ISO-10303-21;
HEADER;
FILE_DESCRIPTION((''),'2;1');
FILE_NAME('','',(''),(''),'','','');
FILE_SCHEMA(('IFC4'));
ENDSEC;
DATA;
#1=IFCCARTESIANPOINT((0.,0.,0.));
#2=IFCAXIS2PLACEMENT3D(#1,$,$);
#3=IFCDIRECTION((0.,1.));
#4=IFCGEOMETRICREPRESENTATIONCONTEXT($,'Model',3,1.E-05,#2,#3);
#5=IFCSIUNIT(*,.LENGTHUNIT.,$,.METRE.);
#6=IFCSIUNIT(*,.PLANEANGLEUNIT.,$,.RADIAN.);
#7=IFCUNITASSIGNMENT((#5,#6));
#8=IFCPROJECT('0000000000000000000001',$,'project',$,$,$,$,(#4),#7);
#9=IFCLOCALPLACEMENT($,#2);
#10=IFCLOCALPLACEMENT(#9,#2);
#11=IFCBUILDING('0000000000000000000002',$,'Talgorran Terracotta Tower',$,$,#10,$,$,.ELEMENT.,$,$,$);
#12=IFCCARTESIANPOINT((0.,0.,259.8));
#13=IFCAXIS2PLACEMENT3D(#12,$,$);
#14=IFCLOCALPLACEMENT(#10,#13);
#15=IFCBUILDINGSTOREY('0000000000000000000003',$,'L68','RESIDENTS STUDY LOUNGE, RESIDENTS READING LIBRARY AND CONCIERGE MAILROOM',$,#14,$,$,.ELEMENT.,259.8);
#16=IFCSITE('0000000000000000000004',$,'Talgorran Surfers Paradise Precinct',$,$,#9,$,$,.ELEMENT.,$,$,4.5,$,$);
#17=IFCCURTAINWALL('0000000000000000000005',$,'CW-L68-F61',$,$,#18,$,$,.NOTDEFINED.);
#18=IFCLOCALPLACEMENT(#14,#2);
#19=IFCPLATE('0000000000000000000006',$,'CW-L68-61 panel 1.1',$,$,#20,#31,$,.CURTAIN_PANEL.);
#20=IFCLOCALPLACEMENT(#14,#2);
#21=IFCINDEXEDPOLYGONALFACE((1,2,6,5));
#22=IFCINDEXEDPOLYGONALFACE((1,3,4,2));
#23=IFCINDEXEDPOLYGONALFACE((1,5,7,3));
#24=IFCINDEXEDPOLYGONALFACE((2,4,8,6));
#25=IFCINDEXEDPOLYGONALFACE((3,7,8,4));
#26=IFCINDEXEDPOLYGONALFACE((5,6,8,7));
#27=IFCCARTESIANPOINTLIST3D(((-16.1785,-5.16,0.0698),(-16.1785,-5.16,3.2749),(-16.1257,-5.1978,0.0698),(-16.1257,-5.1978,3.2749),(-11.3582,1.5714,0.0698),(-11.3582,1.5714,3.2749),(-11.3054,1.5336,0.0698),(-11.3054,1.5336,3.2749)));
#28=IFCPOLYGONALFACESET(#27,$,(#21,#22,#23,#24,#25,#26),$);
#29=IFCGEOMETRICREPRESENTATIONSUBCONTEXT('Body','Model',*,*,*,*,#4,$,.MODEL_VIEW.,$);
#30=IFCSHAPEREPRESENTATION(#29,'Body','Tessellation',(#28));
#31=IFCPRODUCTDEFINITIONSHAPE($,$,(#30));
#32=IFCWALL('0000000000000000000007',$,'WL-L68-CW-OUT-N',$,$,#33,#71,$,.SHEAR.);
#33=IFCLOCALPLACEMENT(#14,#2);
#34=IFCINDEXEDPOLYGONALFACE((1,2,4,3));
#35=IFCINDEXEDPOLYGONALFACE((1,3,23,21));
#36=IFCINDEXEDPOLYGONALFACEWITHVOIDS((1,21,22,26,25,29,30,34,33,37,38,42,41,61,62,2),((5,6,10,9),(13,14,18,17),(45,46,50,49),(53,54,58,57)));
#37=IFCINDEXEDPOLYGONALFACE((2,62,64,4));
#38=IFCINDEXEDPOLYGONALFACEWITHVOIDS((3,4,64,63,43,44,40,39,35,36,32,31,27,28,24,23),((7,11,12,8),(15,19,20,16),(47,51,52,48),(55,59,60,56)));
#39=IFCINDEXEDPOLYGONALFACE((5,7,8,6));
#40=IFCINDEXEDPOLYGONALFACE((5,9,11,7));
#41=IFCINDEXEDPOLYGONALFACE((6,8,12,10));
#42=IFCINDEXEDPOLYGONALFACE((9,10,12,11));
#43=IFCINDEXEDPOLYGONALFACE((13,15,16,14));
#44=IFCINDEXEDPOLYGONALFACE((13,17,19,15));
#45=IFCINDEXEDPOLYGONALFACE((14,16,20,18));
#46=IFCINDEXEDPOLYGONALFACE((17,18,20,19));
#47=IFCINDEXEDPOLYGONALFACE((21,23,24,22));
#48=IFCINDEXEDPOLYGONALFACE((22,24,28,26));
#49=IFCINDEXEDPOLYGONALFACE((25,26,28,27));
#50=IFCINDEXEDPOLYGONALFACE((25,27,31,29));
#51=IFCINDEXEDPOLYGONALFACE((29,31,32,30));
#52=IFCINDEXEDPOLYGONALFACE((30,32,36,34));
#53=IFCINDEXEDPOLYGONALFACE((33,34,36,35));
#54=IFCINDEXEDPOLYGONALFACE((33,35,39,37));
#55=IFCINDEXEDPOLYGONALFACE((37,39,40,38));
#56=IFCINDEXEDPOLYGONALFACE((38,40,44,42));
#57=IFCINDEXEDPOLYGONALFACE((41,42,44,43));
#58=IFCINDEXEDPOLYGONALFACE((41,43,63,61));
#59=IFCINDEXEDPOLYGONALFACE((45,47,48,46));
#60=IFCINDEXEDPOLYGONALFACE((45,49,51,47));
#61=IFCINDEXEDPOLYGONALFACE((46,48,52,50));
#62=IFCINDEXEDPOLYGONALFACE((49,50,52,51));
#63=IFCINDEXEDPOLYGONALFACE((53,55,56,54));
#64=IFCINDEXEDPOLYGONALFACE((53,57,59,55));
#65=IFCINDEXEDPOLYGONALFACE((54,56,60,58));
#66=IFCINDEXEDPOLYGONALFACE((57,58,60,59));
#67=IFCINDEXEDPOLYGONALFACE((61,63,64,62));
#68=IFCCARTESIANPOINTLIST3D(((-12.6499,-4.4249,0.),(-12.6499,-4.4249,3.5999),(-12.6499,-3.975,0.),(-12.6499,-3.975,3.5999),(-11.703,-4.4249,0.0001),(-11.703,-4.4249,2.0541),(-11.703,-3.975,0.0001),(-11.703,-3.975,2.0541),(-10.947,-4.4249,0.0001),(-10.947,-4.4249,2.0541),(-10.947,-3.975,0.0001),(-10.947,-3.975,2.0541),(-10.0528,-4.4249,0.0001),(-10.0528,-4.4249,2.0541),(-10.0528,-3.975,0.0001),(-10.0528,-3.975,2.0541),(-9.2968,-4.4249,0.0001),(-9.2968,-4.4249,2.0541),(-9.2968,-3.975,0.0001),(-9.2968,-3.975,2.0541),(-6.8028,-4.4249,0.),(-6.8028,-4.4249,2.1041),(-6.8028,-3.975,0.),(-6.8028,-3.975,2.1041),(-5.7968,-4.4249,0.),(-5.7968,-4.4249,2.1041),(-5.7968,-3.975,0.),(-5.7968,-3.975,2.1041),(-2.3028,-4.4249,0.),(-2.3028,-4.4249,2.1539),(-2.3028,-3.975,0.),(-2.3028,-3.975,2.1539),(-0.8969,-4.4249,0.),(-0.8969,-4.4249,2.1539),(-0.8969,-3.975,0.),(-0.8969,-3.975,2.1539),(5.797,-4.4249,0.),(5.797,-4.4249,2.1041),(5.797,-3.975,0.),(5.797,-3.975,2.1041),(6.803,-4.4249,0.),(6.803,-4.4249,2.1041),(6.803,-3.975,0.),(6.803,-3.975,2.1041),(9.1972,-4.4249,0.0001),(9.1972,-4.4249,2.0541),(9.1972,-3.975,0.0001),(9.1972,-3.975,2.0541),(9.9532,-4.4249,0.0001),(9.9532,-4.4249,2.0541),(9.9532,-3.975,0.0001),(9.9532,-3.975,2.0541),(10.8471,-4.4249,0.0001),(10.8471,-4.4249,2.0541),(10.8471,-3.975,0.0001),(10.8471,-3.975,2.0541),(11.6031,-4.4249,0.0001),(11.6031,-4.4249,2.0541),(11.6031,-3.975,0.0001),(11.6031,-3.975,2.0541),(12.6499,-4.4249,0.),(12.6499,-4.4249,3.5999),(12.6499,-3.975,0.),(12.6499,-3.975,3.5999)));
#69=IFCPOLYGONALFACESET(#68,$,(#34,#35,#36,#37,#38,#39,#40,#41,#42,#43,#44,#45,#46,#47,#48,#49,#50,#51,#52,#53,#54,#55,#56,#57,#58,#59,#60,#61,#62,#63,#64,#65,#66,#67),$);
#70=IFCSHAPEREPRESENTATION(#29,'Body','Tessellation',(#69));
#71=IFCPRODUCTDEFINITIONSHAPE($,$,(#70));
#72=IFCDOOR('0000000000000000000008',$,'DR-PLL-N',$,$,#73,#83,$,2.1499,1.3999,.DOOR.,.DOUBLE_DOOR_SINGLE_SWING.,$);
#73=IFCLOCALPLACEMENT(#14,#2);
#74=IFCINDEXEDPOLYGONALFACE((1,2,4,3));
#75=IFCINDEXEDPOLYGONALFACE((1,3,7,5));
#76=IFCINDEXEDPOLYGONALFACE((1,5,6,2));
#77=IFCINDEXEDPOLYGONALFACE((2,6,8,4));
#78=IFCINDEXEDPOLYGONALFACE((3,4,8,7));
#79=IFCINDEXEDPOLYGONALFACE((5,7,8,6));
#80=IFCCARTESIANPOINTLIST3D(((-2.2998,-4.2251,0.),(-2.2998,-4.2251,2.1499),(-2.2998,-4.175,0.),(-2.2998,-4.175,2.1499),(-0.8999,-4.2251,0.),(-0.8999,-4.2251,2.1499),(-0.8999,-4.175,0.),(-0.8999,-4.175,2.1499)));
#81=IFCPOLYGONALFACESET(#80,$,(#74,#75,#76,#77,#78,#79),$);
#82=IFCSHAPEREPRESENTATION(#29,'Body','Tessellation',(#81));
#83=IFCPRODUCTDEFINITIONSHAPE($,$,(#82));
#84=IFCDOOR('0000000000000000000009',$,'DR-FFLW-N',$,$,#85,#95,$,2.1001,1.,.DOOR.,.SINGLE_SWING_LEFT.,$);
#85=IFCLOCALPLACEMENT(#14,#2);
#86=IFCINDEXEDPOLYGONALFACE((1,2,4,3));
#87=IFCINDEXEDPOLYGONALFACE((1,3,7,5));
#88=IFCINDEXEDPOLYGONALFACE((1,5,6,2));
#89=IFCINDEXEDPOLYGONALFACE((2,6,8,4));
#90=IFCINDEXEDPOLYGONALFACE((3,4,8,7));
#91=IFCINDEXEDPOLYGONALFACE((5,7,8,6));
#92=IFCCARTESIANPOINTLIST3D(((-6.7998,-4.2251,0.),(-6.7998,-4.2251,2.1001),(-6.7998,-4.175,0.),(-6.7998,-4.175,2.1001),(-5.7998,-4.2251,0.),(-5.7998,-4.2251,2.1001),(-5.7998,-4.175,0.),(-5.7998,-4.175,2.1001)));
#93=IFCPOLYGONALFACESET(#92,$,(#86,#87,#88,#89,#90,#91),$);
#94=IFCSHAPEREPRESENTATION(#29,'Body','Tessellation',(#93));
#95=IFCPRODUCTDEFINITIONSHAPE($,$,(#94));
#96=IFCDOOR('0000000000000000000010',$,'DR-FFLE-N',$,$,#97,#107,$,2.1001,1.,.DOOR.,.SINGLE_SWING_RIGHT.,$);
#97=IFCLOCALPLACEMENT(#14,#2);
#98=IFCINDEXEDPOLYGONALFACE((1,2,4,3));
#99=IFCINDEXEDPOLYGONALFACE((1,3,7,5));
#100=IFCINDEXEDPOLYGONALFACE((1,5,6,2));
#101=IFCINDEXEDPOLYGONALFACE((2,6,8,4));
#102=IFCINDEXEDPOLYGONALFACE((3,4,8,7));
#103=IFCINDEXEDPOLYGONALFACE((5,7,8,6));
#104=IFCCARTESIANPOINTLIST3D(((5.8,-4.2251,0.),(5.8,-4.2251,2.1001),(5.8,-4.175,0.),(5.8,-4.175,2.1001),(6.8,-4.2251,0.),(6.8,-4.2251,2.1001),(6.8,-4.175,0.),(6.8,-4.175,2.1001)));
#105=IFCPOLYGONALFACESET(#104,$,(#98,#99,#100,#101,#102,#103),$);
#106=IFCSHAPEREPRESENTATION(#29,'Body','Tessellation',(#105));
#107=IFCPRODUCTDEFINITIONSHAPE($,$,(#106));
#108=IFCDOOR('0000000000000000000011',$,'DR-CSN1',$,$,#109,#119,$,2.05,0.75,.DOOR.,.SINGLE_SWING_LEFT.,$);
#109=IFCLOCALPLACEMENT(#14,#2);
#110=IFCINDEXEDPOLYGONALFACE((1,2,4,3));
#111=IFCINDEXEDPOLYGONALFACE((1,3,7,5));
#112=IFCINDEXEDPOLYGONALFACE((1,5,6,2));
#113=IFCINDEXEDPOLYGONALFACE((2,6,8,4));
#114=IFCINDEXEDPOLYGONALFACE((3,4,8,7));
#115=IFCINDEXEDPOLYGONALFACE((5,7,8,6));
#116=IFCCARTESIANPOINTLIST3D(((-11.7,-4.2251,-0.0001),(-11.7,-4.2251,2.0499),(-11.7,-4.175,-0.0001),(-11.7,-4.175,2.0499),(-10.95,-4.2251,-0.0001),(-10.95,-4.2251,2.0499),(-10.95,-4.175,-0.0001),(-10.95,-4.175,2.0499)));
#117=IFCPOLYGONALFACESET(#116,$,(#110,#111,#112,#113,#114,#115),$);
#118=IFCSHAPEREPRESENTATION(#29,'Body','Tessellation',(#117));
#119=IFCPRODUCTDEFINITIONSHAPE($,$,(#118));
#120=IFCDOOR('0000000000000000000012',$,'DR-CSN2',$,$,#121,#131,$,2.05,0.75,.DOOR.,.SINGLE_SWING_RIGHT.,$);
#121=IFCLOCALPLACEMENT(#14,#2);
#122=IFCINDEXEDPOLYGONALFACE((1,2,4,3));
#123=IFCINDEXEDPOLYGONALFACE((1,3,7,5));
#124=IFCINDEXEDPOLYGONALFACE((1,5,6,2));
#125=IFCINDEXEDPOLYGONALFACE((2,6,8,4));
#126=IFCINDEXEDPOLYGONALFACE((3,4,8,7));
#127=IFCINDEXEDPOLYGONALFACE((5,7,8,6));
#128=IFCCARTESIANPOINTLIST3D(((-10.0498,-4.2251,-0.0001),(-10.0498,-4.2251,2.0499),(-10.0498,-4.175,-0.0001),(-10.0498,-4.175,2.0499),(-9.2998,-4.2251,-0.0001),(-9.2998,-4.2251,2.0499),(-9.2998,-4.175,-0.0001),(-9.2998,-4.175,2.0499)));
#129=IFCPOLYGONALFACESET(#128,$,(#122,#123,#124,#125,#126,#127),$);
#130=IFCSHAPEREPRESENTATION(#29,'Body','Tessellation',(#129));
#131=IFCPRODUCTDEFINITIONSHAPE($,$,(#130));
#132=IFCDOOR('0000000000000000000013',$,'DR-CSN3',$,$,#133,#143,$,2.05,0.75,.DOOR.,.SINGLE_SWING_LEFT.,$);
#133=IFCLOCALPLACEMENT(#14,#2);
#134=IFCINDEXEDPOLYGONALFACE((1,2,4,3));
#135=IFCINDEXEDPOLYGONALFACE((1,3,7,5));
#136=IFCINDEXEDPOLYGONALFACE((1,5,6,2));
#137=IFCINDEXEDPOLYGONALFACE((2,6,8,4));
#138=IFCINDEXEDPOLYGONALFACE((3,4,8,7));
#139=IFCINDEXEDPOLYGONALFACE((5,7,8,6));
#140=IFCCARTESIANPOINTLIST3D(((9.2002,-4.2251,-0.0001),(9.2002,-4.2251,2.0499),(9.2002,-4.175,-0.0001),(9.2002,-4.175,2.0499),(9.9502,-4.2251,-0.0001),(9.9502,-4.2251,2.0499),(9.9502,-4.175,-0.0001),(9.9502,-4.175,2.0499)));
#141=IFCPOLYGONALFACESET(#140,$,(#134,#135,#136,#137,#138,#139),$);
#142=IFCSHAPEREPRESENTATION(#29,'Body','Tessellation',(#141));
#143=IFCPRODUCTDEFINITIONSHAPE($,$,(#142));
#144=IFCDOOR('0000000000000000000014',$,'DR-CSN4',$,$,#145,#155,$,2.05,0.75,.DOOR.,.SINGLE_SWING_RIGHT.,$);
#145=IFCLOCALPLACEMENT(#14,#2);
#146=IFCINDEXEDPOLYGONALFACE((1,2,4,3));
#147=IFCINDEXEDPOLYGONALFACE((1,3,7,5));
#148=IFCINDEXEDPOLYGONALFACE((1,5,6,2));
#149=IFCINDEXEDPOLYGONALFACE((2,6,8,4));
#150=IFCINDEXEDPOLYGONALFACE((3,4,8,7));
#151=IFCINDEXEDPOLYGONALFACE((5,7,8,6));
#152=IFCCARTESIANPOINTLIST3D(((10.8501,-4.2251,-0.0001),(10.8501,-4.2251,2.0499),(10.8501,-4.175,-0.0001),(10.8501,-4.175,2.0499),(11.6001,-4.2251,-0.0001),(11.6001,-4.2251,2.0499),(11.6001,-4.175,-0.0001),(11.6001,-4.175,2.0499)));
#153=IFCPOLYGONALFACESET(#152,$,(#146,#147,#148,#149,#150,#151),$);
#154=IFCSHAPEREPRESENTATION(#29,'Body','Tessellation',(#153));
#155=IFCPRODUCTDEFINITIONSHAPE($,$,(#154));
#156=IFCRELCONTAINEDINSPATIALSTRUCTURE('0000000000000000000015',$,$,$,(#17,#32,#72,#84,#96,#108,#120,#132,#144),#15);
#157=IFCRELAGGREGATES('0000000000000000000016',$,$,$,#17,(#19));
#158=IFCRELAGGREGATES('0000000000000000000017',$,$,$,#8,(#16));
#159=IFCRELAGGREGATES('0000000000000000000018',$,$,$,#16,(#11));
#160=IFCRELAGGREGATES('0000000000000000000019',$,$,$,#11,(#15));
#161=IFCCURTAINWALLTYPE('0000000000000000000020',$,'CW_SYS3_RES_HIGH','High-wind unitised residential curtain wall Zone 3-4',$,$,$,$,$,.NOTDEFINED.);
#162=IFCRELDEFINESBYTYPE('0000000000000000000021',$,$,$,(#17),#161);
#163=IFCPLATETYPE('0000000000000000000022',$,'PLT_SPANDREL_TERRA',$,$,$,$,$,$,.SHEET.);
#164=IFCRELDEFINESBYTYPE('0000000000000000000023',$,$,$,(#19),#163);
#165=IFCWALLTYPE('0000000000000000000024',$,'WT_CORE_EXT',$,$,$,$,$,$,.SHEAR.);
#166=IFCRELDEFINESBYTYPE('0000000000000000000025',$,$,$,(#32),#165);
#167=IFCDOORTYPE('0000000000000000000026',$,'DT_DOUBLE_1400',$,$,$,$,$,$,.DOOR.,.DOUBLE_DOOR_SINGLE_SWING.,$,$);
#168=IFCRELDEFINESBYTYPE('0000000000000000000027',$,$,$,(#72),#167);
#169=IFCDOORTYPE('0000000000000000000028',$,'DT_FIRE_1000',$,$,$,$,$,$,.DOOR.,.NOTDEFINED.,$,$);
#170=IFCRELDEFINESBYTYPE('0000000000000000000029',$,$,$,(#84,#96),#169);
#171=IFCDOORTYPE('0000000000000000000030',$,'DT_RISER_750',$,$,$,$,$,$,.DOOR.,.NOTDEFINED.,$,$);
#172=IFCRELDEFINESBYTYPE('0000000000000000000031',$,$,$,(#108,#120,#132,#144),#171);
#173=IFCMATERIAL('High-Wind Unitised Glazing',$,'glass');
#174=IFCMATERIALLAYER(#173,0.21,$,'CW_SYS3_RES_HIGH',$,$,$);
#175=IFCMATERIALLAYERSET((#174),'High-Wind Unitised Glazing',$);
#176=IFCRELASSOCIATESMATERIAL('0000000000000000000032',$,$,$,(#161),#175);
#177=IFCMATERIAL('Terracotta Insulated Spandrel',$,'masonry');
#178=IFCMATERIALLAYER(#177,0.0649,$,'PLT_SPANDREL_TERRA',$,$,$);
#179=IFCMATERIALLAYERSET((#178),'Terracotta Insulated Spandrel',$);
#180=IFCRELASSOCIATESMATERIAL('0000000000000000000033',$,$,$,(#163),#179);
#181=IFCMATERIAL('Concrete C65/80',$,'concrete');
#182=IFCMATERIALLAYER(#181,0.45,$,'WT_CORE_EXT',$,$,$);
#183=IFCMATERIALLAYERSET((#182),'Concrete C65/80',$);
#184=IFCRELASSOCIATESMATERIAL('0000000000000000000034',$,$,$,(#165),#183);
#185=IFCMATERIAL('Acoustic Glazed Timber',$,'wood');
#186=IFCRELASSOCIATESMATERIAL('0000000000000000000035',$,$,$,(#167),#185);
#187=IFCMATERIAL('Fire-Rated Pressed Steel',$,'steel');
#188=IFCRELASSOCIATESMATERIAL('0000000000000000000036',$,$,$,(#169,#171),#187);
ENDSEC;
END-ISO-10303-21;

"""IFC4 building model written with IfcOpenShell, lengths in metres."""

from ifc_helpers import new_model, si_unit, direction, frame, frame_2d, origin, origin_2d, place, context, subcontext, project, spatial, rectangle, extrude, source, transform, mapped, material, layer, layer_set, type_object, type_shapes, element, fill, aggregate, save


model = new_model("IFC4")

# Units and contexts
model_context = context("Model", 3, precision=1e-05, world=origin(), true_north=direction((0.0, 1.0)))
body_context = subcontext(model_context, "Body", "Model", "MODEL_VIEW")
ifc_project = project(units=[si_unit("LENGTHUNIT", "METRE"), si_unit("PLANEANGLEUNIT", "RADIAN")], contexts=[model_context])

# Site, building, storey
site_placement = place(None, origin())
site = spatial("IfcSite", under=ifc_project, at=site_placement, Name="Talgorran Surfers Paradise Precinct", CompositionType="ELEMENT", RefElevation=4.5)
building_placement = place(site_placement, origin())
building = spatial("IfcBuilding", under=site, at=building_placement, Name="Talgorran Terracotta Tower", CompositionType="ELEMENT")
storey_placement = place(building_placement, frame((0.0, 0.0, 259.8)))
storey = spatial("IfcBuildingStorey", under=building, at=storey_placement, Name="L68", Description="RESIDENTS STUDY LOUNGE, RESIDENTS READING LIBRARY AND CONCIERGE MAILROOM", CompositionType="ELEMENT", Elevation=259.8)

# Curtain wall
ifc_material_1 = material(Name="High-Wind Unitised Glazing", Category="glass")
ifc_layer_1 = layer(ifc_material_1, 0.21, Name="CW_SYS3_RES_HIGH")
ifc_layer_set_1 = layer_set([ifc_layer_1], Name="High-Wind Unitised Glazing")
curtain_wall_type = type_object("IfcCurtainWallType", Name="CW_SYS3_RES_HIGH", Description="High-wind unitised residential curtain wall Zone 3-4", PredefinedType="NOTDEFINED", material=ifc_layer_set_1)
curtain_wall_placement = place(storey_placement, origin())
curtain_wall = element("IfcCurtainWall", 1, at=curtain_wall_placement, inside=storey, type_object=curtain_wall_type, Name="CW-L68-F61", PredefinedType="NOTDEFINED")

# Plate
ifc_material_2 = material(Name="Terracotta Insulated Spandrel", Category="masonry")
ifc_layer_2 = layer(ifc_material_2, 0.0649, Name="PLT_SPANDREL_TERRA")
ifc_layer_set_2 = layer_set([ifc_layer_2], Name="Terracotta Insulated Spandrel")
plate_type_1 = type_object("IfcPlateType", Name="PLT_SPANDREL_TERRA", PredefinedType="SHEET", material=ifc_layer_set_2)
shared_shape = source(origin(), body_context, "Body", "SweptSolid", [
    extrude(rectangle(XDim=8.2793, YDim=0.0649, at=origin_2d()), origin(), (0.0, 0.0, 1.0), 3.2051),
])
type_shapes(plate_type_1, [shared_shape])
plate_1_placement = place(storey_placement, frame((-13.7419, -1.8132, 0.0698), z_axis=(0.0, 0.0, 1.0), x_axis=(-0.582206, -0.813041, 0.0)))
plate_1 = element("IfcPlate", 2, at=plate_1_placement, type_object=plate_type_1, Name="CW-L68-61 panel 1.1", PredefinedType="CURTAIN_PANEL", context=body_context, shape_type="MappedRepresentation", body=[
    mapped(shared_shape, transform((0.0, 0.0, 0.0), scale=1.0)),
])
aggregate(curtain_wall, [plate_1])

# Wall, openings, doors
ifc_material_3 = material(Name="Concrete C65/80", Category="concrete")
ifc_layer_3 = layer(ifc_material_3, 0.45, Name="WT_CORE_EXT")
ifc_layer_set_3 = layer_set([ifc_layer_3], Name="Concrete C65/80")
wall_type_1 = type_object("IfcWallType", Name="WT_CORE_EXT", PredefinedType="SHEAR", material=ifc_layer_set_3)
wall_1_placement = place(storey_placement, frame((-12.6499, -4.2, 0.0), z_axis=(0.0, 0.0, 1.0), x_axis=(1.0, 0.0, 0.0)))
wall_1 = element("IfcWall", 3, at=wall_1_placement, inside=storey, type_object=wall_type_1, Name="WL-L68-CW-OUT-N", PredefinedType="SHEAR", context=body_context, shape_type="SweptSolid", body=[
    extrude(rectangle(XDim=25.2998, YDim=0.45, at=frame_2d((12.6499, 0.0))), origin(), (0.0, 0.0, 1.0), 3.5999),
])
opening_1_placement = place(wall_1_placement, frame((0.95, 0.0, 0.0)))
opening_1 = element("IfcOpeningElement", 4, at=opening_1_placement, cuts=wall_1, PredefinedType="OPENING", context=body_context, shape_type="SweptSolid", body=[
    extrude(rectangle(XDim=0.756, YDim=2.054, at=frame_2d((0.375, 1.0271))), frame((0.0, 0.2349, 0.0), z_axis=(0.0, -1.0, 0.0), x_axis=(1.0, 0.0, 0.0)), (0.0, 0.0, 1.0), 0.47),
])
opening_2_placement = place(wall_1_placement, frame((2.6001, 0.0, 0.0)))
opening_2 = element("IfcOpeningElement", 5, at=opening_2_placement, cuts=wall_1, PredefinedType="OPENING", context=body_context, shape_type="SweptSolid", body=[
    extrude(rectangle(XDim=0.756, YDim=2.054, at=frame_2d((0.375, 1.0271))), frame((0.0, 0.2349, 0.0), z_axis=(0.0, -1.0, 0.0), x_axis=(1.0, 0.0, 0.0)), (0.0, 0.0, 1.0), 0.47),
])
opening_3_placement = place(wall_1_placement, frame((21.8501, 0.0, 0.0)))
opening_3 = element("IfcOpeningElement", 6, at=opening_3_placement, cuts=wall_1, PredefinedType="OPENING", context=body_context, shape_type="SweptSolid", body=[
    extrude(rectangle(XDim=0.756, YDim=2.054, at=frame_2d((0.375, 1.0271))), frame((0.0, 0.2349, 0.0), z_axis=(0.0, -1.0, 0.0), x_axis=(1.0, 0.0, 0.0)), (0.0, 0.0, 1.0), 0.47),
])
opening_4_placement = place(wall_1_placement, frame((23.5, 0.0, 0.0)))
opening_4 = element("IfcOpeningElement", 7, at=opening_4_placement, cuts=wall_1, PredefinedType="OPENING", context=body_context, shape_type="SweptSolid", body=[
    extrude(rectangle(XDim=0.756, YDim=2.054, at=frame_2d((0.375, 1.0271))), frame((0.0, 0.2349, 0.0), z_axis=(0.0, -1.0, 0.0), x_axis=(1.0, 0.0, 0.0)), (0.0, 0.0, 1.0), 0.47),
])
opening_5_placement = place(wall_1_placement, frame((5.8501, 0.0, 0.0)))
opening_5 = element("IfcOpeningElement", 8, at=opening_5_placement, cuts=wall_1, PredefinedType="OPENING", context=body_context, shape_type="SweptSolid", body=[
    extrude(rectangle(XDim=1.006, YDim=2.1041, at=frame_2d((0.5, 1.052))), frame((0.0, 0.2349, 0.0), z_axis=(0.0, -1.0, 0.0), x_axis=(1.0, 0.0, 0.0)), (0.0, 0.0, 1.0), 0.47),
])
opening_6_placement = place(wall_1_placement, frame((10.3501, 0.0, 0.0)))
opening_6 = element("IfcOpeningElement", 9, at=opening_6_placement, cuts=wall_1, PredefinedType="OPENING", context=body_context, shape_type="SweptSolid", body=[
    extrude(rectangle(XDim=1.4059, YDim=2.1539, at=frame_2d((0.7, 1.0769))), frame((0.0, 0.2349, 0.0), z_axis=(0.0, -1.0, 0.0), x_axis=(1.0, 0.0, 0.0)), (0.0, 0.0, 1.0), 0.47),
])
opening_7_placement = place(wall_1_placement, frame((18.45, 0.0, 0.0)))
opening_7 = element("IfcOpeningElement", 10, at=opening_7_placement, cuts=wall_1, PredefinedType="OPENING", context=body_context, shape_type="SweptSolid", body=[
    extrude(rectangle(XDim=1.006, YDim=2.1041, at=frame_2d((0.5, 1.052))), frame((0.0, 0.2349, 0.0), z_axis=(0.0, -1.0, 0.0), x_axis=(1.0, 0.0, 0.0)), (0.0, 0.0, 1.0), 0.47),
])
ifc_material_4 = material(Name="Acoustic Glazed Timber", Category="wood")
door_type_1 = type_object("IfcDoorType", Name="DT_DOUBLE_1400", OperationType="DOUBLE_DOOR_SINGLE_SWING", PredefinedType="DOOR", material=ifc_material_4)
door_1_placement = place(opening_6_placement, origin())
door_1 = element("IfcDoor", 11, at=door_1_placement, inside=storey, type_object=door_type_1, Name="DR-PLL-N", OperationType="DOUBLE_DOOR_SINGLE_SWING", OverallHeight=2.1499, OverallWidth=1.3999, PredefinedType="DOOR", context=body_context, shape_type="SweptSolid", body=[
    extrude(rectangle(XDim=1.3999, YDim=2.1499, at=frame_2d((0.7, 1.075))), frame((0.0, 0.0249, 0.0), z_axis=(0.0, -1.0, 0.0), x_axis=(1.0, 0.0, 0.0)), (0.0, 0.0, 1.0), 0.05),
])
fill(opening_6, door_1)
ifc_material_5 = material(Name="Fire-Rated Pressed Steel", Category="steel")
door_type_2 = type_object("IfcDoorType", Name="DT_FIRE_1000", OperationType="NOTDEFINED", PredefinedType="DOOR", material=ifc_material_5)
door_2_placement = place(opening_5_placement, origin())
door_2 = element("IfcDoor", 12, at=door_2_placement, inside=storey, type_object=door_type_2, Name="DR-FFLW-N", OperationType="SINGLE_SWING_LEFT", OverallHeight=2.1001, OverallWidth=1.0, PredefinedType="DOOR", context=body_context, shape_type="SweptSolid", body=[
    extrude(rectangle(XDim=1.0, YDim=2.1001, at=frame_2d((0.5, 1.05))), frame((0.0, 0.0249, 0.0), z_axis=(0.0, -1.0, 0.0), x_axis=(1.0, 0.0, 0.0)), (0.0, 0.0, 1.0), 0.05),
])
fill(opening_5, door_2)
door_3_placement = place(opening_7_placement, origin())
door_3 = element("IfcDoor", 13, at=door_3_placement, inside=storey, type_object=door_type_2, Name="DR-FFLE-N", OperationType="SINGLE_SWING_RIGHT", OverallHeight=2.1001, OverallWidth=1.0, PredefinedType="DOOR", context=body_context, shape_type="SweptSolid", body=[
    extrude(rectangle(XDim=1.0, YDim=2.1001, at=frame_2d((0.5, 1.05))), frame((0.0, 0.0249, 0.0), z_axis=(0.0, -1.0, 0.0), x_axis=(1.0, 0.0, 0.0)), (0.0, 0.0, 1.0), 0.05),
])
fill(opening_7, door_3)
door_type_3 = type_object("IfcDoorType", Name="DT_RISER_750", OperationType="NOTDEFINED", PredefinedType="DOOR", material=ifc_material_5)
door_4_placement = place(opening_1_placement, origin())
door_4 = element("IfcDoor", 14, at=door_4_placement, inside=storey, type_object=door_type_3, Name="DR-CSN1", OperationType="SINGLE_SWING_LEFT", OverallHeight=2.05, OverallWidth=0.75, PredefinedType="DOOR", context=body_context, shape_type="SweptSolid", body=[
    extrude(rectangle(XDim=0.75, YDim=2.05, at=frame_2d((0.375, 1.0249))), frame((0.0, 0.0249, 0.0), z_axis=(0.0, -1.0, 0.0), x_axis=(1.0, 0.0, 0.0)), (0.0, 0.0, 1.0), 0.05),
])
fill(opening_1, door_4)
door_5_placement = place(opening_2_placement, origin())
door_5 = element("IfcDoor", 15, at=door_5_placement, inside=storey, type_object=door_type_3, Name="DR-CSN2", OperationType="SINGLE_SWING_RIGHT", OverallHeight=2.05, OverallWidth=0.75, PredefinedType="DOOR", context=body_context, shape_type="SweptSolid", body=[
    extrude(rectangle(XDim=0.75, YDim=2.05, at=frame_2d((0.375, 1.0249))), frame((0.0, 0.0249, 0.0), z_axis=(0.0, -1.0, 0.0), x_axis=(1.0, 0.0, 0.0)), (0.0, 0.0, 1.0), 0.05),
])
fill(opening_2, door_5)
door_6_placement = place(opening_3_placement, origin())
door_6 = element("IfcDoor", 16, at=door_6_placement, inside=storey, type_object=door_type_3, Name="DR-CSN3", OperationType="SINGLE_SWING_LEFT", OverallHeight=2.05, OverallWidth=0.75, PredefinedType="DOOR", context=body_context, shape_type="SweptSolid", body=[
    extrude(rectangle(XDim=0.75, YDim=2.05, at=frame_2d((0.375, 1.0249))), frame((0.0, 0.0249, 0.0), z_axis=(0.0, -1.0, 0.0), x_axis=(1.0, 0.0, 0.0)), (0.0, 0.0, 1.0), 0.05),
])
fill(opening_3, door_6)
door_7_placement = place(opening_4_placement, origin())
door_7 = element("IfcDoor", 17, at=door_7_placement, inside=storey, type_object=door_type_3, Name="DR-CSN4", OperationType="SINGLE_SWING_RIGHT", OverallHeight=2.05, OverallWidth=0.75, PredefinedType="DOOR", context=body_context, shape_type="SweptSolid", body=[
    extrude(rectangle(XDim=0.75, YDim=2.05, at=frame_2d((0.375, 1.0249))), frame((0.0, 0.0249, 0.0), z_axis=(0.0, -1.0, 0.0), x_axis=(1.0, 0.0, 0.0)), (0.0, 0.0, 1.0), 0.05),
])
fill(opening_4, door_7)

save(model, "model.ifc")
